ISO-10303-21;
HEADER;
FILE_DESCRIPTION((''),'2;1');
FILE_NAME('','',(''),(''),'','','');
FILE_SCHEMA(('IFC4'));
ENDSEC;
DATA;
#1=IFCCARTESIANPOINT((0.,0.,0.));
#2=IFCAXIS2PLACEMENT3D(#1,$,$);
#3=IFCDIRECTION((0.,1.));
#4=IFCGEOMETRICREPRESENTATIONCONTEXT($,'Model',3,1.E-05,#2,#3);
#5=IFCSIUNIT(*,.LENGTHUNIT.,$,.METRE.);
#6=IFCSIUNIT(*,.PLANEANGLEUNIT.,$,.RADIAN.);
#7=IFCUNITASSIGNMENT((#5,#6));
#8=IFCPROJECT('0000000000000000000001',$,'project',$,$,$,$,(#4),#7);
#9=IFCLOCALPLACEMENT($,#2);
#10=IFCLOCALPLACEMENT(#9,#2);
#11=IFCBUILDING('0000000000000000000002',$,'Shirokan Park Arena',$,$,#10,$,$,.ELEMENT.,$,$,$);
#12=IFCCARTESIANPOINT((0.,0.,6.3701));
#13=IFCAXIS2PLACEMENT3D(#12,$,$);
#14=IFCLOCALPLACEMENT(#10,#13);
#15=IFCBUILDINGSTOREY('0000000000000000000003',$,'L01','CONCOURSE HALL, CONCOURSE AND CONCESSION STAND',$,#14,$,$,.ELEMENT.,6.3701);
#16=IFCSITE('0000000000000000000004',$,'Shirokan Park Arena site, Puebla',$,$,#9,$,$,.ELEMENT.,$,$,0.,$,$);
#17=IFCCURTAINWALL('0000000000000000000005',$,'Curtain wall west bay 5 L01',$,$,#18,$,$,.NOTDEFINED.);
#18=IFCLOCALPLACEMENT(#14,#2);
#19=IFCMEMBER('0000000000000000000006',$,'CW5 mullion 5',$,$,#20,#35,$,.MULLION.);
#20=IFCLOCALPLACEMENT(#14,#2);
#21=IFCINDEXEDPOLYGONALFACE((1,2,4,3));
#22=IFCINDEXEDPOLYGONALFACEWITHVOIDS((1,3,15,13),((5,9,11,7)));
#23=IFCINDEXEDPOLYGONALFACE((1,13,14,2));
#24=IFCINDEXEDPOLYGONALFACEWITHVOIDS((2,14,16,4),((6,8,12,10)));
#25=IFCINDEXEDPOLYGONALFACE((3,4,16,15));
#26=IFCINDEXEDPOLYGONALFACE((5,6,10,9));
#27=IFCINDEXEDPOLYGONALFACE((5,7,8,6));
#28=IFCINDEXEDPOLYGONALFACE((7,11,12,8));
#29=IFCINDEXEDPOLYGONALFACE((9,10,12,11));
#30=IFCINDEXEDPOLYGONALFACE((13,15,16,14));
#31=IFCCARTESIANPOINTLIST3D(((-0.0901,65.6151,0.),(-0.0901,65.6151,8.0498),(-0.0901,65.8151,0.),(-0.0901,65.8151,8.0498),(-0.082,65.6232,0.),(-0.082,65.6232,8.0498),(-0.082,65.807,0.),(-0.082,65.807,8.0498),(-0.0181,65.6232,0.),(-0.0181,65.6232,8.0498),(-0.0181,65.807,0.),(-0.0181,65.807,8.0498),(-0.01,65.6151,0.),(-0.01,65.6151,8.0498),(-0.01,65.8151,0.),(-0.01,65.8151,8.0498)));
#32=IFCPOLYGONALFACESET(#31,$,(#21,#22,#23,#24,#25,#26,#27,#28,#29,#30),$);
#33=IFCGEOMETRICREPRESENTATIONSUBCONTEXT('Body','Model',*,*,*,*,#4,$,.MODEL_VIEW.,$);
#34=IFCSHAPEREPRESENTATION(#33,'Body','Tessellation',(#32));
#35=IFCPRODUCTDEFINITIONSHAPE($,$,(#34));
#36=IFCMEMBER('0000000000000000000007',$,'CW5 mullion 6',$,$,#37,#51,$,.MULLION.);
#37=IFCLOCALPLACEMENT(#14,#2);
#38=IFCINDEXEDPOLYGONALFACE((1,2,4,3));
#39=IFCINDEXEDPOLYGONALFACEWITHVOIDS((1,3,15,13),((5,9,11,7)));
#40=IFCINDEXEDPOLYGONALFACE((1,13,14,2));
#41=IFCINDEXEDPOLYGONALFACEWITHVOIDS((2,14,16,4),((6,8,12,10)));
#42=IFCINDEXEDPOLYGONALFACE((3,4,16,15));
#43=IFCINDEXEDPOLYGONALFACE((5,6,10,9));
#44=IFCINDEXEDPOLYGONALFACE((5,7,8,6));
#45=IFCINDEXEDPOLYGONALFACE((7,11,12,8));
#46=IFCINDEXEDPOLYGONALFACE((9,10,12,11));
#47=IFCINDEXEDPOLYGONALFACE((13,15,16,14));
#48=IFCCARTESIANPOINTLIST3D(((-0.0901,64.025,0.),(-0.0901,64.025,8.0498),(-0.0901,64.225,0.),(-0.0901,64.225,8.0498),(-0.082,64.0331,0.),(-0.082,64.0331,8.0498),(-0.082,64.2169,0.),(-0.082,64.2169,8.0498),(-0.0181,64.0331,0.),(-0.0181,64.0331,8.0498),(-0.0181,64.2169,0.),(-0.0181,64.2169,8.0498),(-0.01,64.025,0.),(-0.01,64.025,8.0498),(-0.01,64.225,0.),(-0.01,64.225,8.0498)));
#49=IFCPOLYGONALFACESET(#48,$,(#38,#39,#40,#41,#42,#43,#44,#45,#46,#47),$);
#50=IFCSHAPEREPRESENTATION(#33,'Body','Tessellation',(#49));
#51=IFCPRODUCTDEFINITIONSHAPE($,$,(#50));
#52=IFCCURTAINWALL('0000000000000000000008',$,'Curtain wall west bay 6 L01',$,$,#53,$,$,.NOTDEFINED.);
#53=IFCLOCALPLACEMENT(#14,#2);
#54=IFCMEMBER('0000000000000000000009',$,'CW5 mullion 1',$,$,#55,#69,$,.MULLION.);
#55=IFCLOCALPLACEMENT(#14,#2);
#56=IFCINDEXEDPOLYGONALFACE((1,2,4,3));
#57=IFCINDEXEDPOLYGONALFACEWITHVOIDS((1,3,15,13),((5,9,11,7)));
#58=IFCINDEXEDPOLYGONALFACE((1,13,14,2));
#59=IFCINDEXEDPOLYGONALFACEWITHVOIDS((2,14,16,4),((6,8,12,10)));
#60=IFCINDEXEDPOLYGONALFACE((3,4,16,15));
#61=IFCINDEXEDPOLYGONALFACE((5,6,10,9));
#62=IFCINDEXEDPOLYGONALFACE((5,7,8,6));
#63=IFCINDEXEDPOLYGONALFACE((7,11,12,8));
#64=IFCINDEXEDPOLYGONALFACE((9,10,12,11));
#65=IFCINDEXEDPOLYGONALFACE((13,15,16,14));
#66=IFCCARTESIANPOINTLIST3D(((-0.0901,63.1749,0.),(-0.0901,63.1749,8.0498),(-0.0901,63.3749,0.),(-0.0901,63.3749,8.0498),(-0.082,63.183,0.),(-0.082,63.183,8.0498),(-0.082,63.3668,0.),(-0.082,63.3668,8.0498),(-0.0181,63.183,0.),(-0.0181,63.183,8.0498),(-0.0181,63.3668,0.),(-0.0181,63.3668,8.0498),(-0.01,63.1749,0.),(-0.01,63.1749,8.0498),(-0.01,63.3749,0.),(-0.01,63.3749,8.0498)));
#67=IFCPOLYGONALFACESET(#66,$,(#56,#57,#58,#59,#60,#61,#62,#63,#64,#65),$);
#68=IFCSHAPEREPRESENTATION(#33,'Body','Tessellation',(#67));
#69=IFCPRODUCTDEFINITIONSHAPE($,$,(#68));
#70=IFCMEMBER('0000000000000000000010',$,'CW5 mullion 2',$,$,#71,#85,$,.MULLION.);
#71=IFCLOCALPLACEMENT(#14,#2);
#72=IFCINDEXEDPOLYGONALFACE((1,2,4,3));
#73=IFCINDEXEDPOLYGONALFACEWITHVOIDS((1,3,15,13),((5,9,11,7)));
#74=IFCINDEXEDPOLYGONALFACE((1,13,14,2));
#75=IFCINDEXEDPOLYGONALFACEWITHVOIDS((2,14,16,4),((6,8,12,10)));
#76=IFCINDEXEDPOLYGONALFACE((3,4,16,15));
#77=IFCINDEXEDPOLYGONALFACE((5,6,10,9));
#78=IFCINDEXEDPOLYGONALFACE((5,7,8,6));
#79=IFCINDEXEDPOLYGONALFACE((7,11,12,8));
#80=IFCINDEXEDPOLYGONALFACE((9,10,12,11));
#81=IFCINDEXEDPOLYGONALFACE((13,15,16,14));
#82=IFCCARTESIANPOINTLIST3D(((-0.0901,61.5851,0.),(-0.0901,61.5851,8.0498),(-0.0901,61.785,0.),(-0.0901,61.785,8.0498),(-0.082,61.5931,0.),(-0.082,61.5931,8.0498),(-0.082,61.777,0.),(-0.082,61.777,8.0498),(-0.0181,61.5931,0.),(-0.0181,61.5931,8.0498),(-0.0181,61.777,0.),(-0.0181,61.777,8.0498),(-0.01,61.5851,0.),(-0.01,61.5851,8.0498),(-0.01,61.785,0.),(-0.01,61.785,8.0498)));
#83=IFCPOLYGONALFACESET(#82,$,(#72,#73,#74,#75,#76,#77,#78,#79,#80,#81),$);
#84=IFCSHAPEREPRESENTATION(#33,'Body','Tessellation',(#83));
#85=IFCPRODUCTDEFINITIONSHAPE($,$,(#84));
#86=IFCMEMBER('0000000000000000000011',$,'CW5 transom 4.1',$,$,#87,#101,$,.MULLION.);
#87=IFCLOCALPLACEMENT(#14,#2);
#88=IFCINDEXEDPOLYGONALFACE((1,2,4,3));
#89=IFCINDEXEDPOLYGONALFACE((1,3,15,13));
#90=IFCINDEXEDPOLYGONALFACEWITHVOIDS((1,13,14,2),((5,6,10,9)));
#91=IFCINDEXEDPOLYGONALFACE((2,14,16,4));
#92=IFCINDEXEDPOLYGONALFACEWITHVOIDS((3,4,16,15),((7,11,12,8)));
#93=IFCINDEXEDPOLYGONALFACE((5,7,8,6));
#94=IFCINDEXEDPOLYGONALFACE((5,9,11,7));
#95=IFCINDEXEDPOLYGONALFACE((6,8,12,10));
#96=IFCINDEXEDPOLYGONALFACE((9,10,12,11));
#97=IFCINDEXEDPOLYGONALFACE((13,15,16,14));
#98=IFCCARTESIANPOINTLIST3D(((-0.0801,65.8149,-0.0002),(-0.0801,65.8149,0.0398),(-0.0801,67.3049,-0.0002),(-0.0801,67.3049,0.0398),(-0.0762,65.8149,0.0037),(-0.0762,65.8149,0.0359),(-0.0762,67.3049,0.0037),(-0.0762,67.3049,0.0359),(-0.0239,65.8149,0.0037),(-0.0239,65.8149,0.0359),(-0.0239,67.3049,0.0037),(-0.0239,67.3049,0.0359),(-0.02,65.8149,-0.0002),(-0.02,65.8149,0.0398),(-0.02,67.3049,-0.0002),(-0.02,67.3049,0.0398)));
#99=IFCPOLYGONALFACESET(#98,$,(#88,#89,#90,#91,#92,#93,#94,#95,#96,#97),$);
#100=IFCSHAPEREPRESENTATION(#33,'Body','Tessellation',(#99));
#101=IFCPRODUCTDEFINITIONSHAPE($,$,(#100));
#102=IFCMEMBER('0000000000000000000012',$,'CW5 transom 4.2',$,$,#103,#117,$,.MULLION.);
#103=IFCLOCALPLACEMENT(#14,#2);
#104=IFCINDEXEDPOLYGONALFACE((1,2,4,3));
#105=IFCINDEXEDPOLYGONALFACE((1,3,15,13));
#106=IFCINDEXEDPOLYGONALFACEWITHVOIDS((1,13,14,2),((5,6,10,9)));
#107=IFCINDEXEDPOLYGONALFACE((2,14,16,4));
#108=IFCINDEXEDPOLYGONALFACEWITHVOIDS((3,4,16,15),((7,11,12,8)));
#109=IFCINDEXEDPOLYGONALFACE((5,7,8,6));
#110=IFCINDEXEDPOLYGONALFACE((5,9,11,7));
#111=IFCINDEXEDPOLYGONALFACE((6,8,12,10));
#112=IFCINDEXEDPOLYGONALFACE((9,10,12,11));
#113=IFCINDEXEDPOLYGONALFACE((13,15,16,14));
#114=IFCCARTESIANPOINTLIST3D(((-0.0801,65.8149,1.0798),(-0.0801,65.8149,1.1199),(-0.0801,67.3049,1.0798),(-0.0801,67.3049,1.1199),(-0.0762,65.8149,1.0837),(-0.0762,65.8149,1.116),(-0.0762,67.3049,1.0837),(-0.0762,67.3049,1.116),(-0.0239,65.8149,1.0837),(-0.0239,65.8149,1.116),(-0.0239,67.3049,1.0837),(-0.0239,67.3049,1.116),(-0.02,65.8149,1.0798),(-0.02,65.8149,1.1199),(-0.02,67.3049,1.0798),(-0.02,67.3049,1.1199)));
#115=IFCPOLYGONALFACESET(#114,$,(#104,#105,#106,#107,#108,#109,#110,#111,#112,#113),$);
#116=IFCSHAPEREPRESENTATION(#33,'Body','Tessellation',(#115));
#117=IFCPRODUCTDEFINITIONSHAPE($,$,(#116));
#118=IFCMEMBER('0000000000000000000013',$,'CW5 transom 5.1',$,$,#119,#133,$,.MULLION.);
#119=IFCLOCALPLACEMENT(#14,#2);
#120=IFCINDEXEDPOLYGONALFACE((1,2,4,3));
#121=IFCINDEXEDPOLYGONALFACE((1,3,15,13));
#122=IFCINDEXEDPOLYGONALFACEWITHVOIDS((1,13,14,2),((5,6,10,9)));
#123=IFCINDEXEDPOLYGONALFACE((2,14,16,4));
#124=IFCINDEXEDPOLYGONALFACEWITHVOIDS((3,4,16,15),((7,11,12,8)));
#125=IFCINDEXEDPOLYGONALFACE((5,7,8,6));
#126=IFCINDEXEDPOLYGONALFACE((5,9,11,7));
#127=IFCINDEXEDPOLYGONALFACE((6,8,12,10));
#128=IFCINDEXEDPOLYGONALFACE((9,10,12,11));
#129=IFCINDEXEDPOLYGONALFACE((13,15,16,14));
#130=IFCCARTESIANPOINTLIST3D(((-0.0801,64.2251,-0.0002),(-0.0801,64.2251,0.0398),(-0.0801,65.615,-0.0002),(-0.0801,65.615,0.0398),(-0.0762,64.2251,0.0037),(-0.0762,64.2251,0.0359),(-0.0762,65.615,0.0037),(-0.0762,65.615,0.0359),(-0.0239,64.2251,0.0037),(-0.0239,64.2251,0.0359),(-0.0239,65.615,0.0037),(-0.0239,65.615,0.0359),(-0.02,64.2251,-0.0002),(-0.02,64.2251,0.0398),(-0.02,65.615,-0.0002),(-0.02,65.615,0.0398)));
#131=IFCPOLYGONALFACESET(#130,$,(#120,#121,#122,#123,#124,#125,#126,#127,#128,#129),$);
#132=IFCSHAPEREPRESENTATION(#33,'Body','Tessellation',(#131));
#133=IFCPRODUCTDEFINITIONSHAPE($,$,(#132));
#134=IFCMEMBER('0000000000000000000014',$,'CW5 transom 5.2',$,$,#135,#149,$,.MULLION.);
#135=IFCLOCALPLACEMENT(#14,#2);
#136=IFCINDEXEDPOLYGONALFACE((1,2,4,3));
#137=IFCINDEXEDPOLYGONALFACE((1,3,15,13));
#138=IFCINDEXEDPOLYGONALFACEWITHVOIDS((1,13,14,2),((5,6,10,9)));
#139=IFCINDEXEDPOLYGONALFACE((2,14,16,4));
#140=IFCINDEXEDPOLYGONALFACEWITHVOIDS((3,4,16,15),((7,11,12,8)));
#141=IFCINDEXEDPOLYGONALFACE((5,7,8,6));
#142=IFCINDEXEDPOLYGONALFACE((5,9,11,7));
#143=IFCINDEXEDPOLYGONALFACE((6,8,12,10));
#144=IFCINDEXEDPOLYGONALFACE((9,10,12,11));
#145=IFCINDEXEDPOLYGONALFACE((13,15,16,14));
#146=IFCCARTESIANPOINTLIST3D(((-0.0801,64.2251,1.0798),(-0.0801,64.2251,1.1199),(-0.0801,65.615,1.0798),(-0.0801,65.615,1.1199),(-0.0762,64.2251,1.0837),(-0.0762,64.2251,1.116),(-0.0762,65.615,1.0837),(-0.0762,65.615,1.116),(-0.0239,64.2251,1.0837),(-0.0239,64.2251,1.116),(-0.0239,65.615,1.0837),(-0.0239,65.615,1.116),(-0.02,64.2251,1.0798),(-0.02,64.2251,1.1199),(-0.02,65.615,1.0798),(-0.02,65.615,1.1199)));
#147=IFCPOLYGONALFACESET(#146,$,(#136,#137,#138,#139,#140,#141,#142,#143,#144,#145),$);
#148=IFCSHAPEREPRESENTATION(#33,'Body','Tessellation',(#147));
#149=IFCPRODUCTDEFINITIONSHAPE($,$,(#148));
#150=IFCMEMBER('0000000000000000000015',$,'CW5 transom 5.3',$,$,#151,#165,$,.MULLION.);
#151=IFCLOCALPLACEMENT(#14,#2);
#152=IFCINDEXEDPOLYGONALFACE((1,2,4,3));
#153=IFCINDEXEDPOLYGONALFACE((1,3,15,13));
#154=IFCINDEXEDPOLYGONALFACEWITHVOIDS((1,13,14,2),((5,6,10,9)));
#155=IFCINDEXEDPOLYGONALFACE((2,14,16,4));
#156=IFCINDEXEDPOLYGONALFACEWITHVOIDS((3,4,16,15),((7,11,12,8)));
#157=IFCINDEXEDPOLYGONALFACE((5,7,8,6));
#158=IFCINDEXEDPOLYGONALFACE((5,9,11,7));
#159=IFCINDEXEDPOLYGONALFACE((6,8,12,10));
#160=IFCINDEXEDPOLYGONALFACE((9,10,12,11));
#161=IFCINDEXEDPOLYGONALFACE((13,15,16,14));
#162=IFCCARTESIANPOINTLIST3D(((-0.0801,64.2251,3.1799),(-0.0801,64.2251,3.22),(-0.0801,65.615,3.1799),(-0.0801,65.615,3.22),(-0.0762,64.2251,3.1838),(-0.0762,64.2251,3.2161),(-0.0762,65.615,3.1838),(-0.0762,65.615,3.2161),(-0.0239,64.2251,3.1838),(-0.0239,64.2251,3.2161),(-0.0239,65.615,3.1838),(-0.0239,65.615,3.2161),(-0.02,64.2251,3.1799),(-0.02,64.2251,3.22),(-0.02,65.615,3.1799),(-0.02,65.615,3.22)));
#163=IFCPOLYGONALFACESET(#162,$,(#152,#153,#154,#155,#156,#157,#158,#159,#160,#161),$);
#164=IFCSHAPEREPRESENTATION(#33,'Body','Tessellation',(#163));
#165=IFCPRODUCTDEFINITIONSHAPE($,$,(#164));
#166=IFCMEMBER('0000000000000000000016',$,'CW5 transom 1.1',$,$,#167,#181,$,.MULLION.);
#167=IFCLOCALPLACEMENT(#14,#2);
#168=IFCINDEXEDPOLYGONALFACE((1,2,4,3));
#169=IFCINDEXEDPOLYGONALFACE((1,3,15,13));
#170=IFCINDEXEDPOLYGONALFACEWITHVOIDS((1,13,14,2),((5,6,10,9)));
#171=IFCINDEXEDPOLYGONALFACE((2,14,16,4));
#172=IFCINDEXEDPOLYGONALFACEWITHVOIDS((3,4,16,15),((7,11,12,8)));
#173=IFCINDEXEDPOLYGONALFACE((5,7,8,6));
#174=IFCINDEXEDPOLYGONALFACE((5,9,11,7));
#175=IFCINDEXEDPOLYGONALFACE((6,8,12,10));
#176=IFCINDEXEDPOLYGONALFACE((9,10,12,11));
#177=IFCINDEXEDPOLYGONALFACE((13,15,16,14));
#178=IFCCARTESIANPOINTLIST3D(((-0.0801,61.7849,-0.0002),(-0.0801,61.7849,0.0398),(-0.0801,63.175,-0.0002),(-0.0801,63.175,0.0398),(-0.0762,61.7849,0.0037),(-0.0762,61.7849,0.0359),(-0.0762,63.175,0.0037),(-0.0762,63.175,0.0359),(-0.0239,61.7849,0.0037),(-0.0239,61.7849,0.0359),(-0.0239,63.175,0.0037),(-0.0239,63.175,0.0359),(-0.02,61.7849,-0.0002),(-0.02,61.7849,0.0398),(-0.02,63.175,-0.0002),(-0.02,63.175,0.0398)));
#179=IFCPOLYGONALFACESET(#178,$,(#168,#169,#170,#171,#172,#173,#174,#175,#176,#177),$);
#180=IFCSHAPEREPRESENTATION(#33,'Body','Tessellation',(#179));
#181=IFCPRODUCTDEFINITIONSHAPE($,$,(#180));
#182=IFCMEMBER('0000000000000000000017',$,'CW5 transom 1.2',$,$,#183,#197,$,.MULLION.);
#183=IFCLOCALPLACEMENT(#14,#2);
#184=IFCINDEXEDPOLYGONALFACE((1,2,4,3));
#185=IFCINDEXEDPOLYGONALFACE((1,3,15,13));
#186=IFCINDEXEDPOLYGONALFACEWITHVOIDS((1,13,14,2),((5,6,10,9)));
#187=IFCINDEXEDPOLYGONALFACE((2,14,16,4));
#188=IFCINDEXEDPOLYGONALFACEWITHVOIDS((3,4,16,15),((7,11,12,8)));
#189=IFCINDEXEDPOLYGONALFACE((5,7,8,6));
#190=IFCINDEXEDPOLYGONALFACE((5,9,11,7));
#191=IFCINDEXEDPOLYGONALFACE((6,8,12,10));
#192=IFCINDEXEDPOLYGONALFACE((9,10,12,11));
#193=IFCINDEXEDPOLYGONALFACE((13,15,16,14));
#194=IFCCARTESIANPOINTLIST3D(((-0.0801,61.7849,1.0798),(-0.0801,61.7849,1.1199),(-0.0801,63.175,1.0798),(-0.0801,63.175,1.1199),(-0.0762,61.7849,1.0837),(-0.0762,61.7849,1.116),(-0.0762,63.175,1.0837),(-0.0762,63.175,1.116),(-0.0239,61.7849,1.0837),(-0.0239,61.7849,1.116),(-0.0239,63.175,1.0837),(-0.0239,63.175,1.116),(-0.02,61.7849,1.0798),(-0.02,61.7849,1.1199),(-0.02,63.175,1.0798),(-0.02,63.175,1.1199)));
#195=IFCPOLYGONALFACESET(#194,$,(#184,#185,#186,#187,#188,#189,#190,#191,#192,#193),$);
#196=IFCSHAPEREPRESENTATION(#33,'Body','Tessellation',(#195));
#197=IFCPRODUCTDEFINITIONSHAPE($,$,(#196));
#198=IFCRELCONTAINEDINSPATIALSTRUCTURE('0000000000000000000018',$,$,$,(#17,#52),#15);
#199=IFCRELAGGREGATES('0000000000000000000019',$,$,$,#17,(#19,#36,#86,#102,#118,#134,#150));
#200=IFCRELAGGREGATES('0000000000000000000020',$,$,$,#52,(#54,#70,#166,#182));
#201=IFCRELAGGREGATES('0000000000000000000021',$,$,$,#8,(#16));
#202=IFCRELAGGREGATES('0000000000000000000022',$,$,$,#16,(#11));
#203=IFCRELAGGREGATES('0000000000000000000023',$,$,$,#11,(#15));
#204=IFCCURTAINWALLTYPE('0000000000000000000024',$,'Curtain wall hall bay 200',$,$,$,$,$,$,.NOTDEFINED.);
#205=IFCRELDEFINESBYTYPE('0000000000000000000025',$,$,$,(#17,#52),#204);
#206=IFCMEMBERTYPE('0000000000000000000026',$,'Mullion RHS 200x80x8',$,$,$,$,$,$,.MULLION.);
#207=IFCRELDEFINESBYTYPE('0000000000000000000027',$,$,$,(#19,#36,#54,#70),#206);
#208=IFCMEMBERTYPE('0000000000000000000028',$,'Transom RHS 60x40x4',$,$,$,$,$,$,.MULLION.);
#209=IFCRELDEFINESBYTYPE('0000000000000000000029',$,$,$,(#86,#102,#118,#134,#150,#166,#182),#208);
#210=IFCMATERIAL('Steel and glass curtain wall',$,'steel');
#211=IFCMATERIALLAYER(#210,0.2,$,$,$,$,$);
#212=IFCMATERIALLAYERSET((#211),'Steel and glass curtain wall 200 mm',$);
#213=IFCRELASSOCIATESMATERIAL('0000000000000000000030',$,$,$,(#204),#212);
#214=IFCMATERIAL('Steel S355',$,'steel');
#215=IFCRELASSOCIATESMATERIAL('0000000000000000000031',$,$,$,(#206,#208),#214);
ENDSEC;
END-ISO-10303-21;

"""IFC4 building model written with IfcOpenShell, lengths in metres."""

from ifc_helpers import new_model, si_unit, direction, frame, origin, origin_2d, place, context, subcontext, project, spatial, hollow_rectangle, extrude, material, layer, layer_set, material_profile, profile_set, type_object, element, aggregate, save


model = new_model("IFC4")

# Units and contexts
model_context = context("Model", 3, precision=1e-05, world=origin(), true_north=direction((0.0, 1.0)))
body_context = subcontext(model_context, "Body", "Model", "MODEL_VIEW")
ifc_project = project(units=[si_unit("LENGTHUNIT", "METRE"), si_unit("PLANEANGLEUNIT", "RADIAN")], contexts=[model_context])

# Site, building, storey
site_placement = place(None, origin())
site = spatial("IfcSite", under=ifc_project, at=site_placement, Name="Shirokan Park Arena site, Puebla", CompositionType="ELEMENT", RefElevation=0.0)
building_placement = place(site_placement, origin())
building = spatial("IfcBuilding", under=site, at=building_placement, Name="Shirokan Park Arena", CompositionType="ELEMENT")
storey_placement = place(building_placement, frame((0.0, 0.0, 6.3701)))
storey = spatial("IfcBuildingStorey", under=building, at=storey_placement, Name="L01", Description="CONCOURSE HALL, CONCOURSE AND CONCESSION STAND", CompositionType="ELEMENT", Elevation=6.3701)

# Curtain walls, members
ifc_material_1 = material(Name="Steel and glass curtain wall", Category="steel")
ifc_layer_1 = layer(ifc_material_1, 0.2)
ifc_layer_set_1 = layer_set([ifc_layer_1], Name="Steel and glass curtain wall 200 mm")
curtain_wall_type = type_object("IfcCurtainWallType", Name="Curtain wall hall bay 200", PredefinedType="NOTDEFINED", material=ifc_layer_set_1)
curtain_wall_1_placement = place(storey_placement, origin())
curtain_wall_1 = element("IfcCurtainWall", 1, at=curtain_wall_1_placement, inside=storey, type_object=curtain_wall_type, Name="Curtain wall west bay 5 L01", PredefinedType="NOTDEFINED")
ifc_material_2 = material(Name="Steel S355", Category="steel")
ifc_material_profile_1 = material_profile(ifc_material_2, hollow_rectangle(XDim=0.0801, YDim=0.2, WallThickness=0.0081, at=origin_2d()), Name="RHS 200x80x8")
ifc_profile_set_1 = profile_set([ifc_material_profile_1], Name="Steel S355")
member_type_1 = type_object("IfcMemberType", Name="Mullion RHS 200x80x8", PredefinedType="MULLION", material=ifc_profile_set_1)
member_1_placement = place(storey_placement, frame((-0.05, 65.7151, 0.0), z_axis=(0.0, 0.0, 1.0), x_axis=(1.0, 0.0, 0.0)))
member_1 = element("IfcMember", 2, at=member_1_placement, type_object=member_type_1, Name="CW5 mullion 5", PredefinedType="MULLION", context=body_context, shape_type="SweptSolid", body=[
    extrude(hollow_rectangle(XDim=0.0801, YDim=0.2, WallThickness=0.0081, at=origin_2d()), origin(), (0.0, 0.0, 1.0), 8.0498),
])
member_2_placement = place(storey_placement, frame((-0.05, 64.125, 0.0), z_axis=(0.0, 0.0, 1.0), x_axis=(1.0, 0.0, 0.0)))
member_2 = element("IfcMember", 3, at=member_2_placement, type_object=member_type_1, Name="CW5 mullion 6", PredefinedType="MULLION", context=body_context, shape_type="SweptSolid", body=[
    extrude(hollow_rectangle(XDim=0.0801, YDim=0.2, WallThickness=0.0081, at=origin_2d()), origin(), (0.0, 0.0, 1.0), 8.0498),
])
curtain_wall_2_placement = place(storey_placement, origin())
curtain_wall_2 = element("IfcCurtainWall", 4, at=curtain_wall_2_placement, inside=storey, type_object=curtain_wall_type, Name="Curtain wall west bay 6 L01", PredefinedType="NOTDEFINED")
member_3_placement = place(storey_placement, frame((-0.05, 63.2749, 0.0), z_axis=(0.0, 0.0, 1.0), x_axis=(1.0, 0.0, 0.0)))
member_3 = element("IfcMember", 5, at=member_3_placement, type_object=member_type_1, Name="CW5 mullion 1", PredefinedType="MULLION", context=body_context, shape_type="SweptSolid", body=[
    extrude(hollow_rectangle(XDim=0.0801, YDim=0.2, WallThickness=0.0081, at=origin_2d()), origin(), (0.0, 0.0, 1.0), 8.0498),
])
member_4_placement = place(storey_placement, frame((-0.05, 61.6851, 0.0), z_axis=(0.0, 0.0, 1.0), x_axis=(1.0, 0.0, 0.0)))
member_4 = element("IfcMember", 6, at=member_4_placement, type_object=member_type_1, Name="CW5 mullion 2", PredefinedType="MULLION", context=body_context, shape_type="SweptSolid", body=[
    extrude(hollow_rectangle(XDim=0.0801, YDim=0.2, WallThickness=0.0081, at=origin_2d()), origin(), (0.0, 0.0, 1.0), 8.0498),
])

# Members
ifc_material_profile_2 = material_profile(ifc_material_2, hollow_rectangle(XDim=0.0601, YDim=0.04, WallThickness=0.0039, at=origin_2d()), Name="RHS 60x40x4")
ifc_profile_set_2 = profile_set([ifc_material_profile_2], Name="Steel S355")
member_type_2 = type_object("IfcMemberType", Name="Transom RHS 60x40x4", PredefinedType="MULLION", material=ifc_profile_set_2)
member_5_placement = place(storey_placement, frame((-0.05, 67.3049, 0.0198), z_axis=(0.0, -1.0, 0.0), x_axis=(1.0, 0.0, 0.0)))
member_5 = element("IfcMember", 7, at=member_5_placement, type_object=member_type_2, Name="CW5 transom 4.1", PredefinedType="MULLION", context=body_context, shape_type="SweptSolid", body=[
    extrude(hollow_rectangle(XDim=0.0601, YDim=0.04, WallThickness=0.0039, at=origin_2d()), origin(), (0.0, 0.0, 1.0), 1.49),
])
member_6_placement = place(storey_placement, frame((-0.05, 67.3049, 1.0999), z_axis=(0.0, -1.0, 0.0), x_axis=(1.0, 0.0, 0.0)))
member_6 = element("IfcMember", 8, at=member_6_placement, type_object=member_type_2, Name="CW5 transom 4.2", PredefinedType="MULLION", context=body_context, shape_type="SweptSolid", body=[
    extrude(hollow_rectangle(XDim=0.0601, YDim=0.04, WallThickness=0.0039, at=origin_2d()), origin(), (0.0, 0.0, 1.0), 1.49),
])
member_7_placement = place(storey_placement, frame((-0.05, 65.615, 0.0198), z_axis=(0.0, -1.0, 0.0), x_axis=(1.0, 0.0, 0.0)))
member_7 = element("IfcMember", 9, at=member_7_placement, type_object=member_type_2, Name="CW5 transom 5.1", PredefinedType="MULLION", context=body_context, shape_type="SweptSolid", body=[
    extrude(hollow_rectangle(XDim=0.0601, YDim=0.04, WallThickness=0.0039, at=origin_2d()), origin(), (0.0, 0.0, 1.0), 1.3899),
])
member_8_placement = place(storey_placement, frame((-0.05, 65.615, 1.0999), z_axis=(0.0, -1.0, 0.0), x_axis=(1.0, 0.0, 0.0)))
member_8 = element("IfcMember", 10, at=member_8_placement, type_object=member_type_2, Name="CW5 transom 5.2", PredefinedType="MULLION", context=body_context, shape_type="SweptSolid", body=[
    extrude(hollow_rectangle(XDim=0.0601, YDim=0.04, WallThickness=0.0039, at=origin_2d()), origin(), (0.0, 0.0, 1.0), 1.3899),
])
member_9_placement = place(storey_placement, frame((-0.05, 65.615, 3.2), z_axis=(0.0, -1.0, 0.0), x_axis=(1.0, 0.0, 0.0)))
member_9 = element("IfcMember", 11, at=member_9_placement, type_object=member_type_2, Name="CW5 transom 5.3", PredefinedType="MULLION", context=body_context, shape_type="SweptSolid", body=[
    extrude(hollow_rectangle(XDim=0.0601, YDim=0.04, WallThickness=0.0039, at=origin_2d()), origin(), (0.0, 0.0, 1.0), 1.3899),
])
member_10_placement = place(storey_placement, frame((-0.05, 63.175, 0.0198), z_axis=(0.0, -1.0, 0.0), x_axis=(1.0, 0.0, 0.0)))
member_10 = element("IfcMember", 12, at=member_10_placement, type_object=member_type_2, Name="CW5 transom 1.1", PredefinedType="MULLION", context=body_context, shape_type="SweptSolid", body=[
    extrude(hollow_rectangle(XDim=0.0601, YDim=0.04, WallThickness=0.0039, at=origin_2d()), origin(), (0.0, 0.0, 1.0), 1.3901),
])
member_11_placement = place(storey_placement, frame((-0.05, 63.175, 1.0999), z_axis=(0.0, -1.0, 0.0), x_axis=(1.0, 0.0, 0.0)))
member_11 = element("IfcMember", 13, at=member_11_placement, type_object=member_type_2, Name="CW5 transom 1.2", PredefinedType="MULLION", context=body_context, shape_type="SweptSolid", body=[
    extrude(hollow_rectangle(XDim=0.0601, YDim=0.04, WallThickness=0.0039, at=origin_2d()), origin(), (0.0, 0.0, 1.0), 1.3901),
])

aggregate(curtain_wall_1, [member_1, member_2, member_5, member_6, member_7, member_8, member_9])
aggregate(curtain_wall_2, [member_3, member_4, member_10, member_11])

save(model, "model.ifc")
